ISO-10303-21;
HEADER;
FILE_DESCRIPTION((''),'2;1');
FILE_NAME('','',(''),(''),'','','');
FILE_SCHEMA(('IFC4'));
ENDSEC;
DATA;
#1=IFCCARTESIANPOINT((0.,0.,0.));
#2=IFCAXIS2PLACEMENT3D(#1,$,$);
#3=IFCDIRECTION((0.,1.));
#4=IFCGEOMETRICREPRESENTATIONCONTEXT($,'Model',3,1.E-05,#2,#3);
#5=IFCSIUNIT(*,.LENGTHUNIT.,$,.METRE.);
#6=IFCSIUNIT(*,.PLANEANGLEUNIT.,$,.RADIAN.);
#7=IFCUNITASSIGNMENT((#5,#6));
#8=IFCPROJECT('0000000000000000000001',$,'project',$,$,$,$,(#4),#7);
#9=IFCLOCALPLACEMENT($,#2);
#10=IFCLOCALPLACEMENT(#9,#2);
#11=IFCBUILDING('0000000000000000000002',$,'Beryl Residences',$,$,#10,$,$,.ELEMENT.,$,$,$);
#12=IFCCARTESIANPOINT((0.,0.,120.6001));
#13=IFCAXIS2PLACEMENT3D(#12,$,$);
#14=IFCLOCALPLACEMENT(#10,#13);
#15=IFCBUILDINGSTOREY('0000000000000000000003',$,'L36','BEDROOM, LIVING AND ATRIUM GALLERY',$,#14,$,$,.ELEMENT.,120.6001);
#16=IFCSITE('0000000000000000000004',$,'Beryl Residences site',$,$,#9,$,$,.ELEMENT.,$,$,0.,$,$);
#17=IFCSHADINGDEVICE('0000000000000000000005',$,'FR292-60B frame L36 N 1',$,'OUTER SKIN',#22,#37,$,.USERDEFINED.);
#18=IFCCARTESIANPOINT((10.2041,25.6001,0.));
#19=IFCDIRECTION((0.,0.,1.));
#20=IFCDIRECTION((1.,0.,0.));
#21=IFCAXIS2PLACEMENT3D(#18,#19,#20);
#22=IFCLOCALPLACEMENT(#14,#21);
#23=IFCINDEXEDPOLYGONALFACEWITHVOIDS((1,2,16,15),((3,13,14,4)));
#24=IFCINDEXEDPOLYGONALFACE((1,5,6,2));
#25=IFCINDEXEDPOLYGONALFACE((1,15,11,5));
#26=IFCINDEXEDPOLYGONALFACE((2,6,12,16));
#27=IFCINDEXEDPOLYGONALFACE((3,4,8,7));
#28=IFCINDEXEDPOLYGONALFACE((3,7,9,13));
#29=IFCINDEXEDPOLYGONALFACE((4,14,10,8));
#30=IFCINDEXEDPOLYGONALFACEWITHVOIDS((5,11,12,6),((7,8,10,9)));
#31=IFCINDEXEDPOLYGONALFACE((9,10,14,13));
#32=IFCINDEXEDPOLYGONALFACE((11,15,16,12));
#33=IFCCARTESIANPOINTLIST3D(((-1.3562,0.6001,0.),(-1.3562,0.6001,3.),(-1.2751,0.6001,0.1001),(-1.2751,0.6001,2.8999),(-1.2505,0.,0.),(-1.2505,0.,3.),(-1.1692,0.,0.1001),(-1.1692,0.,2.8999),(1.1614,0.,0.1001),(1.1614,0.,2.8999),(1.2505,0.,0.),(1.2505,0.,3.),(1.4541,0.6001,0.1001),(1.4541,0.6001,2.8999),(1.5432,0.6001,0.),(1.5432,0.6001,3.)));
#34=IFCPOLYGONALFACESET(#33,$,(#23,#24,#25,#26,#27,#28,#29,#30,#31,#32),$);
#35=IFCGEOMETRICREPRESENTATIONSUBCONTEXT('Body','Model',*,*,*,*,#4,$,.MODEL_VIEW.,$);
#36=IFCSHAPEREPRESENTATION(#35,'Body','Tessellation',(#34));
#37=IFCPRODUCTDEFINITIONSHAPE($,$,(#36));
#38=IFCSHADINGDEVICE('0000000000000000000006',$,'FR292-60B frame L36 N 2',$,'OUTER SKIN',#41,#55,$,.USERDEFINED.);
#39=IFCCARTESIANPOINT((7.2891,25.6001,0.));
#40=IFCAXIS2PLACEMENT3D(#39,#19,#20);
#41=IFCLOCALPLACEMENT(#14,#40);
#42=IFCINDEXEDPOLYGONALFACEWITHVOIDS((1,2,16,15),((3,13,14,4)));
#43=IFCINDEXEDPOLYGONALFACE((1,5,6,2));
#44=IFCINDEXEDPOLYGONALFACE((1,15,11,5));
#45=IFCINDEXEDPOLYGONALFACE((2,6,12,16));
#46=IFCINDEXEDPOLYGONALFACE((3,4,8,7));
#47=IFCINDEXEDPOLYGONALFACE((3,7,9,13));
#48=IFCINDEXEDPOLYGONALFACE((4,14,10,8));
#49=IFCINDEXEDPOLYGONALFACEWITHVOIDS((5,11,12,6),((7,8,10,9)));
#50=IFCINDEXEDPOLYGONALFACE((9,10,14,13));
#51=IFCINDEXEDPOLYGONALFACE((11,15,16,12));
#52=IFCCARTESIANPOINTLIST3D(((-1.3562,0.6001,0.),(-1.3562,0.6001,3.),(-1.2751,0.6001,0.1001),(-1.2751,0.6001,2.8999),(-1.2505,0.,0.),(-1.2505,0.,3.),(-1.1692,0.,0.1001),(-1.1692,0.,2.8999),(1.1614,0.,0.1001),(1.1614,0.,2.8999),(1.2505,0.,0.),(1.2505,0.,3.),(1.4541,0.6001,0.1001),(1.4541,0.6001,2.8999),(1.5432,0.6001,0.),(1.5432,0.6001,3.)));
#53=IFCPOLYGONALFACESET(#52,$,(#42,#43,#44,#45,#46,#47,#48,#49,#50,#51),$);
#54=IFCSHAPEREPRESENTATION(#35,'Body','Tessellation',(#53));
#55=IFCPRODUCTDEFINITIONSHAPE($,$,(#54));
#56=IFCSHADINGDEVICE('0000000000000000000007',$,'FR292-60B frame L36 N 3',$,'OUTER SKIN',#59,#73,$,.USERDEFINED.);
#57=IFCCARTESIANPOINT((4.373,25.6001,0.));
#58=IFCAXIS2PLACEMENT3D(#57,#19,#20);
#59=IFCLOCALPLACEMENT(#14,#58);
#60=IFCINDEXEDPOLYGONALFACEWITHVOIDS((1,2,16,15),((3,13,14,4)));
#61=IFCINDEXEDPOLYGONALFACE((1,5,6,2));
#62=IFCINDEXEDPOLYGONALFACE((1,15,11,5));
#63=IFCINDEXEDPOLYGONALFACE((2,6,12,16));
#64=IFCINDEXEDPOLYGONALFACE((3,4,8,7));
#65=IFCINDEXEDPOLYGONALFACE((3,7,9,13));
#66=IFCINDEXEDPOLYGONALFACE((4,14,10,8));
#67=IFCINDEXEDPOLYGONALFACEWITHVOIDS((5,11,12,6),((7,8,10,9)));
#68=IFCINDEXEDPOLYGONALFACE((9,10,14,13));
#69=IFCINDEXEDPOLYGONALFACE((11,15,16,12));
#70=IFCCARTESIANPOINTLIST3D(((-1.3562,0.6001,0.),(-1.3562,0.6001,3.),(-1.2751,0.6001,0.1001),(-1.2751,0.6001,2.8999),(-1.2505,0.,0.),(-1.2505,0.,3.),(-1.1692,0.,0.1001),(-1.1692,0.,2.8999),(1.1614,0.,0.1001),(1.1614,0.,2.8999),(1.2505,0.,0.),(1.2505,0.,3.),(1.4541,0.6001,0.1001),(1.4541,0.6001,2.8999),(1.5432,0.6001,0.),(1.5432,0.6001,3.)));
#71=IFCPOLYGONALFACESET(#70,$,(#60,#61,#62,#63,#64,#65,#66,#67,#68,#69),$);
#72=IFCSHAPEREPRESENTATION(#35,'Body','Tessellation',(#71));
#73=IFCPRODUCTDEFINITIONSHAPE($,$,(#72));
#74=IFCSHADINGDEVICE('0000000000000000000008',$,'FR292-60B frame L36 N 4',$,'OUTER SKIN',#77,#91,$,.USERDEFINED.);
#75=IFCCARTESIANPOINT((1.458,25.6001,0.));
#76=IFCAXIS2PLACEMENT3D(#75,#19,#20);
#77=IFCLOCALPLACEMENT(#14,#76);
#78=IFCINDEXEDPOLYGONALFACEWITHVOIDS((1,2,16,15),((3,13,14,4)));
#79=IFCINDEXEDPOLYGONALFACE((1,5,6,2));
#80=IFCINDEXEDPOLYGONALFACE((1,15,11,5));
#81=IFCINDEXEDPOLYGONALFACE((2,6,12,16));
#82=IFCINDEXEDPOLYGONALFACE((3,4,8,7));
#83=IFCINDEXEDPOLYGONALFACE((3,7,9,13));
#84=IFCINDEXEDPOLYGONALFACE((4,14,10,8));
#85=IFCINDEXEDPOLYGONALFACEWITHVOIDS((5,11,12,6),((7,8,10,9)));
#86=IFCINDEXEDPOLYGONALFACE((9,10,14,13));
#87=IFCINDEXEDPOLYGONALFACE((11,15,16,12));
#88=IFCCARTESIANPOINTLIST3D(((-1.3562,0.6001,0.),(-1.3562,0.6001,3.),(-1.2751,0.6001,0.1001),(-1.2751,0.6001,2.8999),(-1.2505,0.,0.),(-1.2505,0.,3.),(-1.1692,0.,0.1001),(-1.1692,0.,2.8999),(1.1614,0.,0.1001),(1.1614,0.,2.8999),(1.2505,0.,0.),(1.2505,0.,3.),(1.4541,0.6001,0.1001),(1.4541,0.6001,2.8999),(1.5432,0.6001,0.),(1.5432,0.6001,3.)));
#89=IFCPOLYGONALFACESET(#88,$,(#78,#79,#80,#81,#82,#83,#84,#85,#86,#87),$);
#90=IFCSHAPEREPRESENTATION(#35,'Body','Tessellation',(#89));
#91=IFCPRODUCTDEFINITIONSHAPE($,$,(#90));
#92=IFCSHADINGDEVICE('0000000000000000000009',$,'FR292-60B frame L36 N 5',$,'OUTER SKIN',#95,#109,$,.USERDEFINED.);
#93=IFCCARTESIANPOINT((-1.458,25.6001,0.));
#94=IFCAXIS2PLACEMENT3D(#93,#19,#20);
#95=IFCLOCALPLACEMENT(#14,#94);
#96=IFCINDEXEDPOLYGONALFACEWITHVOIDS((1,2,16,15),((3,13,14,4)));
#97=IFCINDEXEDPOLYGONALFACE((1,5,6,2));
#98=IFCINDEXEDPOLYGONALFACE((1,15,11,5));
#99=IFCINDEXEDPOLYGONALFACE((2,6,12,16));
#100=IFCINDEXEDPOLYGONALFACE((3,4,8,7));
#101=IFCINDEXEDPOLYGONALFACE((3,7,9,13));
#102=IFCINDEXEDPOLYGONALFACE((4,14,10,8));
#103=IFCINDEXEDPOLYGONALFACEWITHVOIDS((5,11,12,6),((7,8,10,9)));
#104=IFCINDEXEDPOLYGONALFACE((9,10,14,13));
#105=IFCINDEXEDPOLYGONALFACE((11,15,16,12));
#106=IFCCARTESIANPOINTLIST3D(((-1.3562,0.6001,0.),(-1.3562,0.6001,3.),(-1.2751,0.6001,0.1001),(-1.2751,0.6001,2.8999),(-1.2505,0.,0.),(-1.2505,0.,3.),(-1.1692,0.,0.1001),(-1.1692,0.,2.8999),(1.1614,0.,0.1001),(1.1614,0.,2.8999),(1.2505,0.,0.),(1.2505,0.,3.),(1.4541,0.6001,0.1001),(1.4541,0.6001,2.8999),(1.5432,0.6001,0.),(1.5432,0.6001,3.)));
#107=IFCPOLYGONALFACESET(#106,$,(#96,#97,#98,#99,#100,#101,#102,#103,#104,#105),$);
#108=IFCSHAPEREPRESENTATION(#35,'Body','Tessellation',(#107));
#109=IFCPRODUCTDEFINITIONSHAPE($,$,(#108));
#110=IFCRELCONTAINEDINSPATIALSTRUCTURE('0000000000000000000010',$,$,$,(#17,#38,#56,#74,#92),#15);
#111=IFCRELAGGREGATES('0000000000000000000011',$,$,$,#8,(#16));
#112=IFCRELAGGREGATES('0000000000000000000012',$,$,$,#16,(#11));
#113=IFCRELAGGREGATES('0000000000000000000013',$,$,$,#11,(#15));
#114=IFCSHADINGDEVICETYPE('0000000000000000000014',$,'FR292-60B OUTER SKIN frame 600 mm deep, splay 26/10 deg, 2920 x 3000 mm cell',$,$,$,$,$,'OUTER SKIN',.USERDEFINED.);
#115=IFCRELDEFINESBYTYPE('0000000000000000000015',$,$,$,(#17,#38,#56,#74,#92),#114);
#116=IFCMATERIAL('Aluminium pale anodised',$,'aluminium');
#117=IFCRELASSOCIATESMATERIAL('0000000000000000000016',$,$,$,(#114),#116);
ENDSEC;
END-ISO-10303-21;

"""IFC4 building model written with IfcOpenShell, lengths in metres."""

from ifc_helpers import new_model, entity, si_unit, direction, frame, origin, place, context, subcontext, project, spatial, source, transform, mapped, material, type_object, type_shapes, element, save


model = new_model("IFC4")

# Units and contexts
model_context = context("Model", 3, precision=1e-05, world=origin(), true_north=direction((0.0, 1.0)))
body_context = subcontext(model_context, "Body", "Model", "MODEL_VIEW")
ifc_project = project(units=[si_unit("LENGTHUNIT", "METRE"), si_unit("PLANEANGLEUNIT", "RADIAN")], contexts=[model_context])

# Site, building, storey
site_placement = place(None, origin())
site = spatial("IfcSite", under=ifc_project, at=site_placement, Name="Beryl Residences site", CompositionType="ELEMENT", RefElevation=0.0)
building_placement = place(site_placement, origin())
building = spatial("IfcBuilding", under=site, at=building_placement, Name="Beryl Residences", CompositionType="ELEMENT")
storey_placement = place(building_placement, frame((0.0, 0.0, 120.6001)))
storey = spatial("IfcBuildingStorey", under=building, at=storey_placement, Name="L36", Description="BEDROOM, LIVING AND ATRIUM GALLERY", CompositionType="ELEMENT", Elevation=120.6001)

# Shading devices
ifc_material_1 = material(Name="Aluminium pale anodised", Category="aluminium")
shading_device_type = type_object("IfcShadingDeviceType", Name="FR292-60B OUTER SKIN frame 600 mm deep, splay 26/10 deg, 2920 x 3000 mm cell", ElementType="OUTER SKIN", PredefinedType="USERDEFINED", material=ifc_material_1)
cartesian_point_1 = entity("IfcCartesianPoint", [-1.2505, 0.0])
cartesian_point_2 = entity("IfcCartesianPoint", [-1.1614, 0.1001])
cartesian_point_3 = entity("IfcCartesianPoint", [-1.5432, 0.0])
cartesian_point_4 = entity("IfcCartesianPoint", [-1.4541, 0.1001])
shared_shape_1 = source(origin(), body_context, "Body", "SweptSolid", [
    entity("IfcExtrudedAreaSolidTapered", entity("IfcArbitraryProfileDefWithVoids", "AREA", None, entity("IfcPolyline", [cartesian_point_1, entity("IfcCartesianPoint", [1.2505, 0.0]), entity("IfcCartesianPoint", [1.2505, 3.0]), entity("IfcCartesianPoint", [-1.2505, 3.0]), cartesian_point_1]), [entity("IfcPolyline", [cartesian_point_2, entity("IfcCartesianPoint", [1.1692, 0.1001]), entity("IfcCartesianPoint", [1.1692, 2.8999]), entity("IfcCartesianPoint", [-1.1614, 2.8999]), cartesian_point_2])]), entity("IfcAxis2Placement3D", entity("IfcCartesianPoint", [0.0, 0.0, 0.0]), entity("IfcDirection", [0.0, 1.0, 0.0]), entity("IfcDirection", [-1.0, 0.0, 0.0])), entity("IfcDirection", [0.0, 0.0, 1.0]), 0.6001, entity("IfcArbitraryProfileDefWithVoids", "AREA", None, entity("IfcPolyline", [cartesian_point_3, entity("IfcCartesianPoint", [1.3562, 0.0]), entity("IfcCartesianPoint", [1.3562, 3.0]), entity("IfcCartesianPoint", [-1.5432, 3.0]), cartesian_point_3]), [entity("IfcPolyline", [cartesian_point_4, entity("IfcCartesianPoint", [1.2751, 0.1001]), entity("IfcCartesianPoint", [1.2751, 2.8999]), entity("IfcCartesianPoint", [-1.4541, 2.8999]), cartesian_point_4])])),
])
type_shapes(shading_device_type, [shared_shape_1])
for number, where, z_axis, x_axis, name in (
    (1, (10.2041, 25.6001, 0.0), (0.0, 0.0, 1.0), (1.0, 0.0, 0.0), "FR292-60B frame L36 N 1"),
    (2, (7.2891, 25.6001, 0.0), (0.0, 0.0, 1.0), (1.0, 0.0, 0.0), "FR292-60B frame L36 N 2"),
    (3, (4.373, 25.6001, 0.0), (0.0, 0.0, 1.0), (1.0, 0.0, 0.0), "FR292-60B frame L36 N 3"),
    (4, (1.458, 25.6001, 0.0), (0.0, 0.0, 1.0), (1.0, 0.0, 0.0), "FR292-60B frame L36 N 4"),
    (5, (-1.458, 25.6001, 0.0), (0.0, 0.0, 1.0), (1.0, 0.0, 0.0), "FR292-60B frame L36 N 5"),
):
    element("IfcShadingDevice", number, at=place(storey_placement, frame(where, z_axis=z_axis, x_axis=x_axis)), inside=storey, type_object=shading_device_type, Name=name, ObjectType="OUTER SKIN", PredefinedType="USERDEFINED", context=body_context, shape_type="MappedRepresentation", body=[
        mapped(shared_shape_1, transform((0.0, 0.0, 0.0))),
    ])

save(model, "model.ifc")
